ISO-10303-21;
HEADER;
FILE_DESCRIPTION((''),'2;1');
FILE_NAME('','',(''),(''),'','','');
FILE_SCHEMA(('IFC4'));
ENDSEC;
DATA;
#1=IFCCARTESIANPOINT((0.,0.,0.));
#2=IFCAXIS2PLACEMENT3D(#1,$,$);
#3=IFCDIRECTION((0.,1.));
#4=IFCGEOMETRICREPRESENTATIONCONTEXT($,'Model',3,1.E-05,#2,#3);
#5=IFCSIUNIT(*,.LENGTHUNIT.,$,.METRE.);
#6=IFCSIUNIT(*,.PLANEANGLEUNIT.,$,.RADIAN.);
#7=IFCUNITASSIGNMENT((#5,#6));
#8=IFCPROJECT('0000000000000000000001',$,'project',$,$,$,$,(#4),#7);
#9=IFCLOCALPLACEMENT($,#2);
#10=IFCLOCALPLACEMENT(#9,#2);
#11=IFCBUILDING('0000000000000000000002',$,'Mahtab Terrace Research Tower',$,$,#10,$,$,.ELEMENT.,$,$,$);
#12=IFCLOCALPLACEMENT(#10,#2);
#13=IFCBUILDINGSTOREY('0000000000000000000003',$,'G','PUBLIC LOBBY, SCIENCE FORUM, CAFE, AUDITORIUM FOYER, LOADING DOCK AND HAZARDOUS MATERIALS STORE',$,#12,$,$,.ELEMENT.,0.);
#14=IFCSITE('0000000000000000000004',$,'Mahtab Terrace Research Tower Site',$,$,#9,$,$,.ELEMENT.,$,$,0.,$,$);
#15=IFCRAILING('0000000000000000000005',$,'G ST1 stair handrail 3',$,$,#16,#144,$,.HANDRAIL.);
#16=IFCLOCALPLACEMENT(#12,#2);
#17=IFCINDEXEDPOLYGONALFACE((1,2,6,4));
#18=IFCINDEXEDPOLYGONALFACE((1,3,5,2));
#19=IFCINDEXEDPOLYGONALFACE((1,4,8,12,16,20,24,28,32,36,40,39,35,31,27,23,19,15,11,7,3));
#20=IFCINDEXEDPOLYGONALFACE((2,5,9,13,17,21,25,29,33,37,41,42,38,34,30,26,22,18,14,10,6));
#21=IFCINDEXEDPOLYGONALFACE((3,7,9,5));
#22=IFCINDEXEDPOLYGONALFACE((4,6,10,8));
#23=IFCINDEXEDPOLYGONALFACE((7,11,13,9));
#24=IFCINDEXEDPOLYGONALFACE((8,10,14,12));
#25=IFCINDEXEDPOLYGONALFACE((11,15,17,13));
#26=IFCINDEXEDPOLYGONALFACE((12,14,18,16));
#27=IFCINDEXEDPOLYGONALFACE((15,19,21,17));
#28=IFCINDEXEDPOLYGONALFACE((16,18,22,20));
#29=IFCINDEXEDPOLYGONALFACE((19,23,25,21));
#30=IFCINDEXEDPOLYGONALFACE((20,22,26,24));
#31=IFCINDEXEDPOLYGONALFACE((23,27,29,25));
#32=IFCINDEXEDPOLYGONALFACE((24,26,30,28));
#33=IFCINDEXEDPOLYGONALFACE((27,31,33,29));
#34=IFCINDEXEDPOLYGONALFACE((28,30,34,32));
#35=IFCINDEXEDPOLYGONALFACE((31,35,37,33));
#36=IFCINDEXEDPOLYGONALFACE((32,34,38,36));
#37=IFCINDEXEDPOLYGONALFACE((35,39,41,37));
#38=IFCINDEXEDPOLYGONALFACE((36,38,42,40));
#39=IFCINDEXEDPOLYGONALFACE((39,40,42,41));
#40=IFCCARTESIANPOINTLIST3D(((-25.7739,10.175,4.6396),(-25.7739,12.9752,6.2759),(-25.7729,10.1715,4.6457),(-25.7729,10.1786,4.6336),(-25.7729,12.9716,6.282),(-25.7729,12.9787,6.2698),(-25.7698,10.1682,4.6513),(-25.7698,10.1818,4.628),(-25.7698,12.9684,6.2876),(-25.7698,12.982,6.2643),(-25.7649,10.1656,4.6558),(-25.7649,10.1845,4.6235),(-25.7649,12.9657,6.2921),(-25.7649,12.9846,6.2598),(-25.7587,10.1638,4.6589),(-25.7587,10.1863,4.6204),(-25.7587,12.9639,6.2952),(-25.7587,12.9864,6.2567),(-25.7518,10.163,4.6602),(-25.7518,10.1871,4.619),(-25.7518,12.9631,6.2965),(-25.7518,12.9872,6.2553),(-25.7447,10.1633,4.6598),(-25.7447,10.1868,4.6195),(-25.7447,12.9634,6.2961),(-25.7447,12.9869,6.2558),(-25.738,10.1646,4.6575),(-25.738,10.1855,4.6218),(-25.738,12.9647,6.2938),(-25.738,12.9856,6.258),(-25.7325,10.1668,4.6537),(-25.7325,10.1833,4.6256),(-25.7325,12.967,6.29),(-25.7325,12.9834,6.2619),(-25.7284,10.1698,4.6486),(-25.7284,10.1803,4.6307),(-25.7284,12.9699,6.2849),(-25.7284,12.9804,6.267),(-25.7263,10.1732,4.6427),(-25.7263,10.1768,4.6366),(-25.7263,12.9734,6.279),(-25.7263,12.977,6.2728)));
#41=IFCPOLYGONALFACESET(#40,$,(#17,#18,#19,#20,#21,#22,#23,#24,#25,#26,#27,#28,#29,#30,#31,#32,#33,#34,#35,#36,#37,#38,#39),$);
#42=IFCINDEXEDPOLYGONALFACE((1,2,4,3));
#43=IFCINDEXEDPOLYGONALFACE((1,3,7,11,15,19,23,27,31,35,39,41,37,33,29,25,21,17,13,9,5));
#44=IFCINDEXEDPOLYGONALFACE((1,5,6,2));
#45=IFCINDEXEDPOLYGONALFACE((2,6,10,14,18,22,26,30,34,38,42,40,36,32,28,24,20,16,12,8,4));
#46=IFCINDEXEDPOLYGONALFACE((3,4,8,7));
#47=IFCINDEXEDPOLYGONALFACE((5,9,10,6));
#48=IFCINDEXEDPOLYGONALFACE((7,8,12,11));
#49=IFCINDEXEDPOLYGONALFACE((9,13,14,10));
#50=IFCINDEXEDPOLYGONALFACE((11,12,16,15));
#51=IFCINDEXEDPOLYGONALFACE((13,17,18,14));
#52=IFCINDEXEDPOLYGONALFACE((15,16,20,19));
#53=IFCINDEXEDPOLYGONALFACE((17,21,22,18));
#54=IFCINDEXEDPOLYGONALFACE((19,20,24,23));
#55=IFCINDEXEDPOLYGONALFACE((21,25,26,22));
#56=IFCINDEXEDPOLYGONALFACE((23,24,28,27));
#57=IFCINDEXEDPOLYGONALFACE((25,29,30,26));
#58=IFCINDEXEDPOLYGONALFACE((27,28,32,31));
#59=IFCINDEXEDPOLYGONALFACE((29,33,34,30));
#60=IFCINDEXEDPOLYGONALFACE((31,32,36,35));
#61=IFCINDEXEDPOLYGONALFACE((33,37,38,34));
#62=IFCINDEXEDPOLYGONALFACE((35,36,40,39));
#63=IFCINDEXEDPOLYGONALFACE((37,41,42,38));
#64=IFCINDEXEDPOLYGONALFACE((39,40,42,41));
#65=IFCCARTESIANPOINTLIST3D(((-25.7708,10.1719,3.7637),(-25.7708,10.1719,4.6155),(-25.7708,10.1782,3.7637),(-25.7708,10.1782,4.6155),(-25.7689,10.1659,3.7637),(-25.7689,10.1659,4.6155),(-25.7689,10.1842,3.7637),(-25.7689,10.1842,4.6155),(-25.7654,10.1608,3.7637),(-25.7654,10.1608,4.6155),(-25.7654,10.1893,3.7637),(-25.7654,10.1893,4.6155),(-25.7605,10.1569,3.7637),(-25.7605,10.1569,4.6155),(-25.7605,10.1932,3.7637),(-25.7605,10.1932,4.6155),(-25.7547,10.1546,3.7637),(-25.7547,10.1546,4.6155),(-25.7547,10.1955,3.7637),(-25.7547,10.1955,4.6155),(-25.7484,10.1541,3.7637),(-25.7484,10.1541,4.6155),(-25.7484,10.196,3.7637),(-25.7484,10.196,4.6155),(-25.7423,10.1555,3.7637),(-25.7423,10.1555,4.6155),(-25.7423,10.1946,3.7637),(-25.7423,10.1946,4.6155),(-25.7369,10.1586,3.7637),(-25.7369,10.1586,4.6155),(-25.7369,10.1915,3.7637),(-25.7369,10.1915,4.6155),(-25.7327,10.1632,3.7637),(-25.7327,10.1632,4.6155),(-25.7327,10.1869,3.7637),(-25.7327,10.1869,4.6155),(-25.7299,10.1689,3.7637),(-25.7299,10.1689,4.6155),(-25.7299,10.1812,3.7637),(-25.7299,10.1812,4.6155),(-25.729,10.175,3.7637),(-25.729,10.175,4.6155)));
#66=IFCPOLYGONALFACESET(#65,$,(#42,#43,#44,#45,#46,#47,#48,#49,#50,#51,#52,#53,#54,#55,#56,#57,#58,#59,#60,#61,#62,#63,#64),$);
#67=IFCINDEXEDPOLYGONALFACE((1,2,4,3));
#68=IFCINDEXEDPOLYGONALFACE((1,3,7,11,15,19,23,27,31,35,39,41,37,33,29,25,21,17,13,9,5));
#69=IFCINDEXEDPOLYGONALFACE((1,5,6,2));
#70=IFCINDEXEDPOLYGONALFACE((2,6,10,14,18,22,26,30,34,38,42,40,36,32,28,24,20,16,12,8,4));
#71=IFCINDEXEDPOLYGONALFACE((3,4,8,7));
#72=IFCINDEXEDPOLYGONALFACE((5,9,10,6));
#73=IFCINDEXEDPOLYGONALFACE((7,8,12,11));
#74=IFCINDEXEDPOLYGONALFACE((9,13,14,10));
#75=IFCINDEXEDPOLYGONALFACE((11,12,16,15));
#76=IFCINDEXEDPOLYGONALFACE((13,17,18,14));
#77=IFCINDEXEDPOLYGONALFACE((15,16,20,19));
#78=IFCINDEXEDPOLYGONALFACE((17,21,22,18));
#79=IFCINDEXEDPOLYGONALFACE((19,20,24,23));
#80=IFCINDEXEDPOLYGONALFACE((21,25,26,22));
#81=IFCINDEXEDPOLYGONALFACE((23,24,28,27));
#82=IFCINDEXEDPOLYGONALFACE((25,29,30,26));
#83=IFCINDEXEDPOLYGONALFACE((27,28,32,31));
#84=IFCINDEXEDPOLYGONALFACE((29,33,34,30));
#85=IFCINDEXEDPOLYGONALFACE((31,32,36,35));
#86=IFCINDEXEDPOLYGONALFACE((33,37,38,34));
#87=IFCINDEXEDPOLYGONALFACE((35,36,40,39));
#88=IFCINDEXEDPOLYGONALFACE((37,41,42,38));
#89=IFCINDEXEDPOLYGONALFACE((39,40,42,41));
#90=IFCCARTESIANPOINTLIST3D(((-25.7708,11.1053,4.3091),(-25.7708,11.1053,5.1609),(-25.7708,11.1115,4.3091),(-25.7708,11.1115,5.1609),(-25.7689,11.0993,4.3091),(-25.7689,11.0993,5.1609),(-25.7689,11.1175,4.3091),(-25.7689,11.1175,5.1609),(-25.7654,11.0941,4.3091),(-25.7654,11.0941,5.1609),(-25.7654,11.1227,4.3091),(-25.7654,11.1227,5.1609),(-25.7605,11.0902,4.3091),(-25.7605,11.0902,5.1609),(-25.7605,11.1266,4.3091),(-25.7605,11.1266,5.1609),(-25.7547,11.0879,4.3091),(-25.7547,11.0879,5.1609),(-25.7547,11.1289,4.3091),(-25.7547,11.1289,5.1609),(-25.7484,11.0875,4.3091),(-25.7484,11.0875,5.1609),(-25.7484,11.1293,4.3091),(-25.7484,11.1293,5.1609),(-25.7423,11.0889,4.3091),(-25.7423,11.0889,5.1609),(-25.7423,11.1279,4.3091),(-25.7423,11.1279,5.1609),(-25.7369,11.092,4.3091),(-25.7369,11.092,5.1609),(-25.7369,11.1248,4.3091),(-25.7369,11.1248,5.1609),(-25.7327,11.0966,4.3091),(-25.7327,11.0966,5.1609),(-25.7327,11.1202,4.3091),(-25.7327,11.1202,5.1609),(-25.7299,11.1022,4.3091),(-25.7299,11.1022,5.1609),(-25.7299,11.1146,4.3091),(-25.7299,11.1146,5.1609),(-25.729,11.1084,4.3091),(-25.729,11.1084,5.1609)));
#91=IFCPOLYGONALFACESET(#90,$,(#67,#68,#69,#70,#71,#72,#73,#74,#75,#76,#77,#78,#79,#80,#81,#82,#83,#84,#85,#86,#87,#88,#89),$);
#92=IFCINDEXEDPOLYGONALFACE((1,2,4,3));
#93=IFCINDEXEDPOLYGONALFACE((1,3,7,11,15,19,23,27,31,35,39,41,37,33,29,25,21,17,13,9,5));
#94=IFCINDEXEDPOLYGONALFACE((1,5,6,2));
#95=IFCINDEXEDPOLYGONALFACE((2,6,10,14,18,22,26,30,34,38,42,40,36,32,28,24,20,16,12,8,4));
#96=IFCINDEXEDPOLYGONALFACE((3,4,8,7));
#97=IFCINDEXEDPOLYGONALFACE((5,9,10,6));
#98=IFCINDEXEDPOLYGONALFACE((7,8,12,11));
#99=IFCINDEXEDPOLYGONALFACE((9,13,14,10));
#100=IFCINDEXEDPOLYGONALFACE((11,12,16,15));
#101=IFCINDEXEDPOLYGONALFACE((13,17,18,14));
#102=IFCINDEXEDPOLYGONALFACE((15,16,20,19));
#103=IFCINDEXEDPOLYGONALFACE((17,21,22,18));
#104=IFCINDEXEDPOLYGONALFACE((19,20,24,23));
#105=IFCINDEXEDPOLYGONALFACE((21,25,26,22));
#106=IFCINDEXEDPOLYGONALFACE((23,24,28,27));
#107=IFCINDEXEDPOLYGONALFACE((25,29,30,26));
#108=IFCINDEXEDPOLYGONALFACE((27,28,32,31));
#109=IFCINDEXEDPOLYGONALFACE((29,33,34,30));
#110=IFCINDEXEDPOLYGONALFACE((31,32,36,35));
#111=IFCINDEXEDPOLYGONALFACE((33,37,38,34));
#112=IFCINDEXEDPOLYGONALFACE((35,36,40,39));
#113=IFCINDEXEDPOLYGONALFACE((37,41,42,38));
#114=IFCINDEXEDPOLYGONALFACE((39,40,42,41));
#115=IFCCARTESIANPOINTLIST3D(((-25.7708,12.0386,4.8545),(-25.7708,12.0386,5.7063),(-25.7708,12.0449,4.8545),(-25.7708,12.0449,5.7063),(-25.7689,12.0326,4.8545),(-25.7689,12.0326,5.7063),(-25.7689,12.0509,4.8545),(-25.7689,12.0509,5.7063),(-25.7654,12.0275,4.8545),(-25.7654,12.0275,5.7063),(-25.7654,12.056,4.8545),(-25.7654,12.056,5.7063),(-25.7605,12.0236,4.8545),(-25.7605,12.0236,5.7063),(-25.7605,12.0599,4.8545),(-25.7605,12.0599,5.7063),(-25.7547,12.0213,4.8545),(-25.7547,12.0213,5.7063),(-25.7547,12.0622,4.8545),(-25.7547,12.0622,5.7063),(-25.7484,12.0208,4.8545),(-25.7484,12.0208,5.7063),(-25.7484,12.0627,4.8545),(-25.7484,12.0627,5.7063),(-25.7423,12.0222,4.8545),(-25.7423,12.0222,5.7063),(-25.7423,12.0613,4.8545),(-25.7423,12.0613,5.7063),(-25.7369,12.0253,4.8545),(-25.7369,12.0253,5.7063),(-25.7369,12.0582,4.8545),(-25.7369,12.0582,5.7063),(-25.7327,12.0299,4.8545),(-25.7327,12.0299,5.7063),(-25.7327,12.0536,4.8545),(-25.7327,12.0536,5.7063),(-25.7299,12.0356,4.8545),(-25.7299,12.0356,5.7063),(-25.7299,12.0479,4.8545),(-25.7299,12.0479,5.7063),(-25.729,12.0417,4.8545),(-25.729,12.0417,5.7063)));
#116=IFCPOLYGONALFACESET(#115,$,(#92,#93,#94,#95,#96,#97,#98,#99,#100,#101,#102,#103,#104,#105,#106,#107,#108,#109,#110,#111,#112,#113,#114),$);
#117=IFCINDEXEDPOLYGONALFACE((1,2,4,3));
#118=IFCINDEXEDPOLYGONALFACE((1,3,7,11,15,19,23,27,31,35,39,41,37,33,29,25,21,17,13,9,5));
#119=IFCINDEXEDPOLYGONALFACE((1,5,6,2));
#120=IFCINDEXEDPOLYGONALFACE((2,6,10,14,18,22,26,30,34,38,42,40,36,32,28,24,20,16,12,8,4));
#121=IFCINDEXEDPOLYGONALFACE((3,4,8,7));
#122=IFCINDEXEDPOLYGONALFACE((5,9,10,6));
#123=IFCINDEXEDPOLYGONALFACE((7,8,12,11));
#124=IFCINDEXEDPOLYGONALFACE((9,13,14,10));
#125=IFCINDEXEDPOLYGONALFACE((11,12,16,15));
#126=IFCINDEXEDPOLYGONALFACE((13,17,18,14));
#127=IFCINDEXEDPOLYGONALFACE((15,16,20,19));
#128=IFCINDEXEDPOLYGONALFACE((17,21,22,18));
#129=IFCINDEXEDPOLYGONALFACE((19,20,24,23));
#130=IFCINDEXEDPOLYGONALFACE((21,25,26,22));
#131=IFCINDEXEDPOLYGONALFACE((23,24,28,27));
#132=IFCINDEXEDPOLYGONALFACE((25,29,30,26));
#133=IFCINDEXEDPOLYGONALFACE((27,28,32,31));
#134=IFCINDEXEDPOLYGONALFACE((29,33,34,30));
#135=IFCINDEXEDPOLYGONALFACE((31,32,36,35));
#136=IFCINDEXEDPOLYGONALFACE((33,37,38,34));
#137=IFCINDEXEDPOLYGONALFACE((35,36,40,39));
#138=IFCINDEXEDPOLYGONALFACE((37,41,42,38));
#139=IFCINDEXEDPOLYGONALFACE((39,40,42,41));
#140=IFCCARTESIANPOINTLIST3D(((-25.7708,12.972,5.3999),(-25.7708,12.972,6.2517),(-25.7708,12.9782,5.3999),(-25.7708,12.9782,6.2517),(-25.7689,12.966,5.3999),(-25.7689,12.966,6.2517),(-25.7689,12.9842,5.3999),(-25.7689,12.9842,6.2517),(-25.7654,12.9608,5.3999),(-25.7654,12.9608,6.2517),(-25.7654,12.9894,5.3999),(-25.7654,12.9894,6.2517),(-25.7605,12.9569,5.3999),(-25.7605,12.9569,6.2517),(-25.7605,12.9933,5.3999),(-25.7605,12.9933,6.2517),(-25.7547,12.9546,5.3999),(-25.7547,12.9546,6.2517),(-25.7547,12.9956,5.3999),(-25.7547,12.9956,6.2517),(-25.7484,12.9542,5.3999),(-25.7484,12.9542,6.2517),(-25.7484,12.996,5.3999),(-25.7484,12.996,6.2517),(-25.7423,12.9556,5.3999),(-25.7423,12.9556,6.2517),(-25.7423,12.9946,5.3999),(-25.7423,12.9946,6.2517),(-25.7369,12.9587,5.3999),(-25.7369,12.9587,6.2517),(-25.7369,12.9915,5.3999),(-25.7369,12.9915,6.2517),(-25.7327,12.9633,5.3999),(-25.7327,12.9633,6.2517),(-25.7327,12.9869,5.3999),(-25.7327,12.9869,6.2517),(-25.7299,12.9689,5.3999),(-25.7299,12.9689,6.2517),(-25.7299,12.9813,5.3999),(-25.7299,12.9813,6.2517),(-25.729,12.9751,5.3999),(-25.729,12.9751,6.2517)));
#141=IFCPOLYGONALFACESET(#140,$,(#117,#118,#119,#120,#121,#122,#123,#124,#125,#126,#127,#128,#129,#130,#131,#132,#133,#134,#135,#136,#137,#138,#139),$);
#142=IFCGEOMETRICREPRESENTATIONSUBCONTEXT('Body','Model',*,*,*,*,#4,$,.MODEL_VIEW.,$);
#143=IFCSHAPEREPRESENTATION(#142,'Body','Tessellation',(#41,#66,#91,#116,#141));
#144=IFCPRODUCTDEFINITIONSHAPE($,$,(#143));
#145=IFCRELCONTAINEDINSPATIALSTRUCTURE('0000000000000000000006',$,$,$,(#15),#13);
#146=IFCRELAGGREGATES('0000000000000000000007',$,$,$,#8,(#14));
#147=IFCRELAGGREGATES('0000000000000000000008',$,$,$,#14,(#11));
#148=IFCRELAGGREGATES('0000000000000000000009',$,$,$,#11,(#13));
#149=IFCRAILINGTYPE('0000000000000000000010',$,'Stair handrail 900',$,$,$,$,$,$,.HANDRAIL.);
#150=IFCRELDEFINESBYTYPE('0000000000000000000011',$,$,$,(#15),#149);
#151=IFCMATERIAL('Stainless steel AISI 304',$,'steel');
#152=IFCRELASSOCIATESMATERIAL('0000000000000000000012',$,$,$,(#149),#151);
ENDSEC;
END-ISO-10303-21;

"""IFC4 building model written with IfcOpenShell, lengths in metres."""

from ifc_helpers import new_model, si_unit, direction, frame, origin, origin_2d, place, context, subcontext, project, spatial, circle, extrude, material, type_object, element, save


model = new_model("IFC4")

# Units and contexts
model_context = context("Model", 3, precision=1e-05, world=origin(), true_north=direction((0.0, 1.0)))
body_context = subcontext(model_context, "Body", "Model", "MODEL_VIEW")
ifc_project = project(units=[si_unit("LENGTHUNIT", "METRE"), si_unit("PLANEANGLEUNIT", "RADIAN")], contexts=[model_context])

# Site, building, storey
site_placement = place(None, origin())
site = spatial("IfcSite", under=ifc_project, at=site_placement, Name="Mahtab Terrace Research Tower Site", CompositionType="ELEMENT", RefElevation=0.0)
building_placement = place(site_placement, origin())
building = spatial("IfcBuilding", under=site, at=building_placement, Name="Mahtab Terrace Research Tower", CompositionType="ELEMENT")
storey_placement = place(building_placement, origin())
storey = spatial("IfcBuildingStorey", under=building, at=storey_placement, Name="G", Description="PUBLIC LOBBY, SCIENCE FORUM, CAFE, AUDITORIUM FOYER, LOADING DOCK AND HAZARDOUS MATERIALS STORE", CompositionType="ELEMENT", Elevation=0.0)

# Railing
ifc_material_1 = material(Name="Stainless steel AISI 304", Category="steel")
railing_type_1 = type_object("IfcRailingType", Name="Stair handrail 900", PredefinedType="HANDRAIL", material=ifc_material_1)
railing_1_placement = place(storey_placement, frame((-25.75, 10.175, 3.7637)))
element("IfcRailing", 1, at=railing_1_placement, inside=storey, type_object=railing_type_1, Name="G ST1 stair handrail 3", PredefinedType="HANDRAIL", context=body_context, shape_type="SweptSolid", body=[
    extrude(circle(Radius=0.0239, at=origin_2d()), frame((0.0, 0.0, 0.876), z_axis=(0.0, 0.863394, 0.504531), x_axis=(-1.0, 0.0, 0.0)), (0.0, 0.0, 1.0), 3.2432),
    extrude(circle(Radius=0.021, at=origin_2d()), origin(), (0.0, 0.0, 1.0), 0.8518),
    extrude(circle(Radius=0.021, at=origin_2d()), frame((0.0, 0.9333, 0.5454)), (0.0, 0.0, 1.0), 0.8518),
    extrude(circle(Radius=0.021, at=origin_2d()), frame((0.0, 1.8667, 1.0908)), (0.0, 0.0, 1.0), 0.8518),
    extrude(circle(Radius=0.021, at=origin_2d()), frame((0.0, 2.8, 1.6362)), (0.0, 0.0, 1.0), 0.8518),
])

save(model, "model.ifc")
